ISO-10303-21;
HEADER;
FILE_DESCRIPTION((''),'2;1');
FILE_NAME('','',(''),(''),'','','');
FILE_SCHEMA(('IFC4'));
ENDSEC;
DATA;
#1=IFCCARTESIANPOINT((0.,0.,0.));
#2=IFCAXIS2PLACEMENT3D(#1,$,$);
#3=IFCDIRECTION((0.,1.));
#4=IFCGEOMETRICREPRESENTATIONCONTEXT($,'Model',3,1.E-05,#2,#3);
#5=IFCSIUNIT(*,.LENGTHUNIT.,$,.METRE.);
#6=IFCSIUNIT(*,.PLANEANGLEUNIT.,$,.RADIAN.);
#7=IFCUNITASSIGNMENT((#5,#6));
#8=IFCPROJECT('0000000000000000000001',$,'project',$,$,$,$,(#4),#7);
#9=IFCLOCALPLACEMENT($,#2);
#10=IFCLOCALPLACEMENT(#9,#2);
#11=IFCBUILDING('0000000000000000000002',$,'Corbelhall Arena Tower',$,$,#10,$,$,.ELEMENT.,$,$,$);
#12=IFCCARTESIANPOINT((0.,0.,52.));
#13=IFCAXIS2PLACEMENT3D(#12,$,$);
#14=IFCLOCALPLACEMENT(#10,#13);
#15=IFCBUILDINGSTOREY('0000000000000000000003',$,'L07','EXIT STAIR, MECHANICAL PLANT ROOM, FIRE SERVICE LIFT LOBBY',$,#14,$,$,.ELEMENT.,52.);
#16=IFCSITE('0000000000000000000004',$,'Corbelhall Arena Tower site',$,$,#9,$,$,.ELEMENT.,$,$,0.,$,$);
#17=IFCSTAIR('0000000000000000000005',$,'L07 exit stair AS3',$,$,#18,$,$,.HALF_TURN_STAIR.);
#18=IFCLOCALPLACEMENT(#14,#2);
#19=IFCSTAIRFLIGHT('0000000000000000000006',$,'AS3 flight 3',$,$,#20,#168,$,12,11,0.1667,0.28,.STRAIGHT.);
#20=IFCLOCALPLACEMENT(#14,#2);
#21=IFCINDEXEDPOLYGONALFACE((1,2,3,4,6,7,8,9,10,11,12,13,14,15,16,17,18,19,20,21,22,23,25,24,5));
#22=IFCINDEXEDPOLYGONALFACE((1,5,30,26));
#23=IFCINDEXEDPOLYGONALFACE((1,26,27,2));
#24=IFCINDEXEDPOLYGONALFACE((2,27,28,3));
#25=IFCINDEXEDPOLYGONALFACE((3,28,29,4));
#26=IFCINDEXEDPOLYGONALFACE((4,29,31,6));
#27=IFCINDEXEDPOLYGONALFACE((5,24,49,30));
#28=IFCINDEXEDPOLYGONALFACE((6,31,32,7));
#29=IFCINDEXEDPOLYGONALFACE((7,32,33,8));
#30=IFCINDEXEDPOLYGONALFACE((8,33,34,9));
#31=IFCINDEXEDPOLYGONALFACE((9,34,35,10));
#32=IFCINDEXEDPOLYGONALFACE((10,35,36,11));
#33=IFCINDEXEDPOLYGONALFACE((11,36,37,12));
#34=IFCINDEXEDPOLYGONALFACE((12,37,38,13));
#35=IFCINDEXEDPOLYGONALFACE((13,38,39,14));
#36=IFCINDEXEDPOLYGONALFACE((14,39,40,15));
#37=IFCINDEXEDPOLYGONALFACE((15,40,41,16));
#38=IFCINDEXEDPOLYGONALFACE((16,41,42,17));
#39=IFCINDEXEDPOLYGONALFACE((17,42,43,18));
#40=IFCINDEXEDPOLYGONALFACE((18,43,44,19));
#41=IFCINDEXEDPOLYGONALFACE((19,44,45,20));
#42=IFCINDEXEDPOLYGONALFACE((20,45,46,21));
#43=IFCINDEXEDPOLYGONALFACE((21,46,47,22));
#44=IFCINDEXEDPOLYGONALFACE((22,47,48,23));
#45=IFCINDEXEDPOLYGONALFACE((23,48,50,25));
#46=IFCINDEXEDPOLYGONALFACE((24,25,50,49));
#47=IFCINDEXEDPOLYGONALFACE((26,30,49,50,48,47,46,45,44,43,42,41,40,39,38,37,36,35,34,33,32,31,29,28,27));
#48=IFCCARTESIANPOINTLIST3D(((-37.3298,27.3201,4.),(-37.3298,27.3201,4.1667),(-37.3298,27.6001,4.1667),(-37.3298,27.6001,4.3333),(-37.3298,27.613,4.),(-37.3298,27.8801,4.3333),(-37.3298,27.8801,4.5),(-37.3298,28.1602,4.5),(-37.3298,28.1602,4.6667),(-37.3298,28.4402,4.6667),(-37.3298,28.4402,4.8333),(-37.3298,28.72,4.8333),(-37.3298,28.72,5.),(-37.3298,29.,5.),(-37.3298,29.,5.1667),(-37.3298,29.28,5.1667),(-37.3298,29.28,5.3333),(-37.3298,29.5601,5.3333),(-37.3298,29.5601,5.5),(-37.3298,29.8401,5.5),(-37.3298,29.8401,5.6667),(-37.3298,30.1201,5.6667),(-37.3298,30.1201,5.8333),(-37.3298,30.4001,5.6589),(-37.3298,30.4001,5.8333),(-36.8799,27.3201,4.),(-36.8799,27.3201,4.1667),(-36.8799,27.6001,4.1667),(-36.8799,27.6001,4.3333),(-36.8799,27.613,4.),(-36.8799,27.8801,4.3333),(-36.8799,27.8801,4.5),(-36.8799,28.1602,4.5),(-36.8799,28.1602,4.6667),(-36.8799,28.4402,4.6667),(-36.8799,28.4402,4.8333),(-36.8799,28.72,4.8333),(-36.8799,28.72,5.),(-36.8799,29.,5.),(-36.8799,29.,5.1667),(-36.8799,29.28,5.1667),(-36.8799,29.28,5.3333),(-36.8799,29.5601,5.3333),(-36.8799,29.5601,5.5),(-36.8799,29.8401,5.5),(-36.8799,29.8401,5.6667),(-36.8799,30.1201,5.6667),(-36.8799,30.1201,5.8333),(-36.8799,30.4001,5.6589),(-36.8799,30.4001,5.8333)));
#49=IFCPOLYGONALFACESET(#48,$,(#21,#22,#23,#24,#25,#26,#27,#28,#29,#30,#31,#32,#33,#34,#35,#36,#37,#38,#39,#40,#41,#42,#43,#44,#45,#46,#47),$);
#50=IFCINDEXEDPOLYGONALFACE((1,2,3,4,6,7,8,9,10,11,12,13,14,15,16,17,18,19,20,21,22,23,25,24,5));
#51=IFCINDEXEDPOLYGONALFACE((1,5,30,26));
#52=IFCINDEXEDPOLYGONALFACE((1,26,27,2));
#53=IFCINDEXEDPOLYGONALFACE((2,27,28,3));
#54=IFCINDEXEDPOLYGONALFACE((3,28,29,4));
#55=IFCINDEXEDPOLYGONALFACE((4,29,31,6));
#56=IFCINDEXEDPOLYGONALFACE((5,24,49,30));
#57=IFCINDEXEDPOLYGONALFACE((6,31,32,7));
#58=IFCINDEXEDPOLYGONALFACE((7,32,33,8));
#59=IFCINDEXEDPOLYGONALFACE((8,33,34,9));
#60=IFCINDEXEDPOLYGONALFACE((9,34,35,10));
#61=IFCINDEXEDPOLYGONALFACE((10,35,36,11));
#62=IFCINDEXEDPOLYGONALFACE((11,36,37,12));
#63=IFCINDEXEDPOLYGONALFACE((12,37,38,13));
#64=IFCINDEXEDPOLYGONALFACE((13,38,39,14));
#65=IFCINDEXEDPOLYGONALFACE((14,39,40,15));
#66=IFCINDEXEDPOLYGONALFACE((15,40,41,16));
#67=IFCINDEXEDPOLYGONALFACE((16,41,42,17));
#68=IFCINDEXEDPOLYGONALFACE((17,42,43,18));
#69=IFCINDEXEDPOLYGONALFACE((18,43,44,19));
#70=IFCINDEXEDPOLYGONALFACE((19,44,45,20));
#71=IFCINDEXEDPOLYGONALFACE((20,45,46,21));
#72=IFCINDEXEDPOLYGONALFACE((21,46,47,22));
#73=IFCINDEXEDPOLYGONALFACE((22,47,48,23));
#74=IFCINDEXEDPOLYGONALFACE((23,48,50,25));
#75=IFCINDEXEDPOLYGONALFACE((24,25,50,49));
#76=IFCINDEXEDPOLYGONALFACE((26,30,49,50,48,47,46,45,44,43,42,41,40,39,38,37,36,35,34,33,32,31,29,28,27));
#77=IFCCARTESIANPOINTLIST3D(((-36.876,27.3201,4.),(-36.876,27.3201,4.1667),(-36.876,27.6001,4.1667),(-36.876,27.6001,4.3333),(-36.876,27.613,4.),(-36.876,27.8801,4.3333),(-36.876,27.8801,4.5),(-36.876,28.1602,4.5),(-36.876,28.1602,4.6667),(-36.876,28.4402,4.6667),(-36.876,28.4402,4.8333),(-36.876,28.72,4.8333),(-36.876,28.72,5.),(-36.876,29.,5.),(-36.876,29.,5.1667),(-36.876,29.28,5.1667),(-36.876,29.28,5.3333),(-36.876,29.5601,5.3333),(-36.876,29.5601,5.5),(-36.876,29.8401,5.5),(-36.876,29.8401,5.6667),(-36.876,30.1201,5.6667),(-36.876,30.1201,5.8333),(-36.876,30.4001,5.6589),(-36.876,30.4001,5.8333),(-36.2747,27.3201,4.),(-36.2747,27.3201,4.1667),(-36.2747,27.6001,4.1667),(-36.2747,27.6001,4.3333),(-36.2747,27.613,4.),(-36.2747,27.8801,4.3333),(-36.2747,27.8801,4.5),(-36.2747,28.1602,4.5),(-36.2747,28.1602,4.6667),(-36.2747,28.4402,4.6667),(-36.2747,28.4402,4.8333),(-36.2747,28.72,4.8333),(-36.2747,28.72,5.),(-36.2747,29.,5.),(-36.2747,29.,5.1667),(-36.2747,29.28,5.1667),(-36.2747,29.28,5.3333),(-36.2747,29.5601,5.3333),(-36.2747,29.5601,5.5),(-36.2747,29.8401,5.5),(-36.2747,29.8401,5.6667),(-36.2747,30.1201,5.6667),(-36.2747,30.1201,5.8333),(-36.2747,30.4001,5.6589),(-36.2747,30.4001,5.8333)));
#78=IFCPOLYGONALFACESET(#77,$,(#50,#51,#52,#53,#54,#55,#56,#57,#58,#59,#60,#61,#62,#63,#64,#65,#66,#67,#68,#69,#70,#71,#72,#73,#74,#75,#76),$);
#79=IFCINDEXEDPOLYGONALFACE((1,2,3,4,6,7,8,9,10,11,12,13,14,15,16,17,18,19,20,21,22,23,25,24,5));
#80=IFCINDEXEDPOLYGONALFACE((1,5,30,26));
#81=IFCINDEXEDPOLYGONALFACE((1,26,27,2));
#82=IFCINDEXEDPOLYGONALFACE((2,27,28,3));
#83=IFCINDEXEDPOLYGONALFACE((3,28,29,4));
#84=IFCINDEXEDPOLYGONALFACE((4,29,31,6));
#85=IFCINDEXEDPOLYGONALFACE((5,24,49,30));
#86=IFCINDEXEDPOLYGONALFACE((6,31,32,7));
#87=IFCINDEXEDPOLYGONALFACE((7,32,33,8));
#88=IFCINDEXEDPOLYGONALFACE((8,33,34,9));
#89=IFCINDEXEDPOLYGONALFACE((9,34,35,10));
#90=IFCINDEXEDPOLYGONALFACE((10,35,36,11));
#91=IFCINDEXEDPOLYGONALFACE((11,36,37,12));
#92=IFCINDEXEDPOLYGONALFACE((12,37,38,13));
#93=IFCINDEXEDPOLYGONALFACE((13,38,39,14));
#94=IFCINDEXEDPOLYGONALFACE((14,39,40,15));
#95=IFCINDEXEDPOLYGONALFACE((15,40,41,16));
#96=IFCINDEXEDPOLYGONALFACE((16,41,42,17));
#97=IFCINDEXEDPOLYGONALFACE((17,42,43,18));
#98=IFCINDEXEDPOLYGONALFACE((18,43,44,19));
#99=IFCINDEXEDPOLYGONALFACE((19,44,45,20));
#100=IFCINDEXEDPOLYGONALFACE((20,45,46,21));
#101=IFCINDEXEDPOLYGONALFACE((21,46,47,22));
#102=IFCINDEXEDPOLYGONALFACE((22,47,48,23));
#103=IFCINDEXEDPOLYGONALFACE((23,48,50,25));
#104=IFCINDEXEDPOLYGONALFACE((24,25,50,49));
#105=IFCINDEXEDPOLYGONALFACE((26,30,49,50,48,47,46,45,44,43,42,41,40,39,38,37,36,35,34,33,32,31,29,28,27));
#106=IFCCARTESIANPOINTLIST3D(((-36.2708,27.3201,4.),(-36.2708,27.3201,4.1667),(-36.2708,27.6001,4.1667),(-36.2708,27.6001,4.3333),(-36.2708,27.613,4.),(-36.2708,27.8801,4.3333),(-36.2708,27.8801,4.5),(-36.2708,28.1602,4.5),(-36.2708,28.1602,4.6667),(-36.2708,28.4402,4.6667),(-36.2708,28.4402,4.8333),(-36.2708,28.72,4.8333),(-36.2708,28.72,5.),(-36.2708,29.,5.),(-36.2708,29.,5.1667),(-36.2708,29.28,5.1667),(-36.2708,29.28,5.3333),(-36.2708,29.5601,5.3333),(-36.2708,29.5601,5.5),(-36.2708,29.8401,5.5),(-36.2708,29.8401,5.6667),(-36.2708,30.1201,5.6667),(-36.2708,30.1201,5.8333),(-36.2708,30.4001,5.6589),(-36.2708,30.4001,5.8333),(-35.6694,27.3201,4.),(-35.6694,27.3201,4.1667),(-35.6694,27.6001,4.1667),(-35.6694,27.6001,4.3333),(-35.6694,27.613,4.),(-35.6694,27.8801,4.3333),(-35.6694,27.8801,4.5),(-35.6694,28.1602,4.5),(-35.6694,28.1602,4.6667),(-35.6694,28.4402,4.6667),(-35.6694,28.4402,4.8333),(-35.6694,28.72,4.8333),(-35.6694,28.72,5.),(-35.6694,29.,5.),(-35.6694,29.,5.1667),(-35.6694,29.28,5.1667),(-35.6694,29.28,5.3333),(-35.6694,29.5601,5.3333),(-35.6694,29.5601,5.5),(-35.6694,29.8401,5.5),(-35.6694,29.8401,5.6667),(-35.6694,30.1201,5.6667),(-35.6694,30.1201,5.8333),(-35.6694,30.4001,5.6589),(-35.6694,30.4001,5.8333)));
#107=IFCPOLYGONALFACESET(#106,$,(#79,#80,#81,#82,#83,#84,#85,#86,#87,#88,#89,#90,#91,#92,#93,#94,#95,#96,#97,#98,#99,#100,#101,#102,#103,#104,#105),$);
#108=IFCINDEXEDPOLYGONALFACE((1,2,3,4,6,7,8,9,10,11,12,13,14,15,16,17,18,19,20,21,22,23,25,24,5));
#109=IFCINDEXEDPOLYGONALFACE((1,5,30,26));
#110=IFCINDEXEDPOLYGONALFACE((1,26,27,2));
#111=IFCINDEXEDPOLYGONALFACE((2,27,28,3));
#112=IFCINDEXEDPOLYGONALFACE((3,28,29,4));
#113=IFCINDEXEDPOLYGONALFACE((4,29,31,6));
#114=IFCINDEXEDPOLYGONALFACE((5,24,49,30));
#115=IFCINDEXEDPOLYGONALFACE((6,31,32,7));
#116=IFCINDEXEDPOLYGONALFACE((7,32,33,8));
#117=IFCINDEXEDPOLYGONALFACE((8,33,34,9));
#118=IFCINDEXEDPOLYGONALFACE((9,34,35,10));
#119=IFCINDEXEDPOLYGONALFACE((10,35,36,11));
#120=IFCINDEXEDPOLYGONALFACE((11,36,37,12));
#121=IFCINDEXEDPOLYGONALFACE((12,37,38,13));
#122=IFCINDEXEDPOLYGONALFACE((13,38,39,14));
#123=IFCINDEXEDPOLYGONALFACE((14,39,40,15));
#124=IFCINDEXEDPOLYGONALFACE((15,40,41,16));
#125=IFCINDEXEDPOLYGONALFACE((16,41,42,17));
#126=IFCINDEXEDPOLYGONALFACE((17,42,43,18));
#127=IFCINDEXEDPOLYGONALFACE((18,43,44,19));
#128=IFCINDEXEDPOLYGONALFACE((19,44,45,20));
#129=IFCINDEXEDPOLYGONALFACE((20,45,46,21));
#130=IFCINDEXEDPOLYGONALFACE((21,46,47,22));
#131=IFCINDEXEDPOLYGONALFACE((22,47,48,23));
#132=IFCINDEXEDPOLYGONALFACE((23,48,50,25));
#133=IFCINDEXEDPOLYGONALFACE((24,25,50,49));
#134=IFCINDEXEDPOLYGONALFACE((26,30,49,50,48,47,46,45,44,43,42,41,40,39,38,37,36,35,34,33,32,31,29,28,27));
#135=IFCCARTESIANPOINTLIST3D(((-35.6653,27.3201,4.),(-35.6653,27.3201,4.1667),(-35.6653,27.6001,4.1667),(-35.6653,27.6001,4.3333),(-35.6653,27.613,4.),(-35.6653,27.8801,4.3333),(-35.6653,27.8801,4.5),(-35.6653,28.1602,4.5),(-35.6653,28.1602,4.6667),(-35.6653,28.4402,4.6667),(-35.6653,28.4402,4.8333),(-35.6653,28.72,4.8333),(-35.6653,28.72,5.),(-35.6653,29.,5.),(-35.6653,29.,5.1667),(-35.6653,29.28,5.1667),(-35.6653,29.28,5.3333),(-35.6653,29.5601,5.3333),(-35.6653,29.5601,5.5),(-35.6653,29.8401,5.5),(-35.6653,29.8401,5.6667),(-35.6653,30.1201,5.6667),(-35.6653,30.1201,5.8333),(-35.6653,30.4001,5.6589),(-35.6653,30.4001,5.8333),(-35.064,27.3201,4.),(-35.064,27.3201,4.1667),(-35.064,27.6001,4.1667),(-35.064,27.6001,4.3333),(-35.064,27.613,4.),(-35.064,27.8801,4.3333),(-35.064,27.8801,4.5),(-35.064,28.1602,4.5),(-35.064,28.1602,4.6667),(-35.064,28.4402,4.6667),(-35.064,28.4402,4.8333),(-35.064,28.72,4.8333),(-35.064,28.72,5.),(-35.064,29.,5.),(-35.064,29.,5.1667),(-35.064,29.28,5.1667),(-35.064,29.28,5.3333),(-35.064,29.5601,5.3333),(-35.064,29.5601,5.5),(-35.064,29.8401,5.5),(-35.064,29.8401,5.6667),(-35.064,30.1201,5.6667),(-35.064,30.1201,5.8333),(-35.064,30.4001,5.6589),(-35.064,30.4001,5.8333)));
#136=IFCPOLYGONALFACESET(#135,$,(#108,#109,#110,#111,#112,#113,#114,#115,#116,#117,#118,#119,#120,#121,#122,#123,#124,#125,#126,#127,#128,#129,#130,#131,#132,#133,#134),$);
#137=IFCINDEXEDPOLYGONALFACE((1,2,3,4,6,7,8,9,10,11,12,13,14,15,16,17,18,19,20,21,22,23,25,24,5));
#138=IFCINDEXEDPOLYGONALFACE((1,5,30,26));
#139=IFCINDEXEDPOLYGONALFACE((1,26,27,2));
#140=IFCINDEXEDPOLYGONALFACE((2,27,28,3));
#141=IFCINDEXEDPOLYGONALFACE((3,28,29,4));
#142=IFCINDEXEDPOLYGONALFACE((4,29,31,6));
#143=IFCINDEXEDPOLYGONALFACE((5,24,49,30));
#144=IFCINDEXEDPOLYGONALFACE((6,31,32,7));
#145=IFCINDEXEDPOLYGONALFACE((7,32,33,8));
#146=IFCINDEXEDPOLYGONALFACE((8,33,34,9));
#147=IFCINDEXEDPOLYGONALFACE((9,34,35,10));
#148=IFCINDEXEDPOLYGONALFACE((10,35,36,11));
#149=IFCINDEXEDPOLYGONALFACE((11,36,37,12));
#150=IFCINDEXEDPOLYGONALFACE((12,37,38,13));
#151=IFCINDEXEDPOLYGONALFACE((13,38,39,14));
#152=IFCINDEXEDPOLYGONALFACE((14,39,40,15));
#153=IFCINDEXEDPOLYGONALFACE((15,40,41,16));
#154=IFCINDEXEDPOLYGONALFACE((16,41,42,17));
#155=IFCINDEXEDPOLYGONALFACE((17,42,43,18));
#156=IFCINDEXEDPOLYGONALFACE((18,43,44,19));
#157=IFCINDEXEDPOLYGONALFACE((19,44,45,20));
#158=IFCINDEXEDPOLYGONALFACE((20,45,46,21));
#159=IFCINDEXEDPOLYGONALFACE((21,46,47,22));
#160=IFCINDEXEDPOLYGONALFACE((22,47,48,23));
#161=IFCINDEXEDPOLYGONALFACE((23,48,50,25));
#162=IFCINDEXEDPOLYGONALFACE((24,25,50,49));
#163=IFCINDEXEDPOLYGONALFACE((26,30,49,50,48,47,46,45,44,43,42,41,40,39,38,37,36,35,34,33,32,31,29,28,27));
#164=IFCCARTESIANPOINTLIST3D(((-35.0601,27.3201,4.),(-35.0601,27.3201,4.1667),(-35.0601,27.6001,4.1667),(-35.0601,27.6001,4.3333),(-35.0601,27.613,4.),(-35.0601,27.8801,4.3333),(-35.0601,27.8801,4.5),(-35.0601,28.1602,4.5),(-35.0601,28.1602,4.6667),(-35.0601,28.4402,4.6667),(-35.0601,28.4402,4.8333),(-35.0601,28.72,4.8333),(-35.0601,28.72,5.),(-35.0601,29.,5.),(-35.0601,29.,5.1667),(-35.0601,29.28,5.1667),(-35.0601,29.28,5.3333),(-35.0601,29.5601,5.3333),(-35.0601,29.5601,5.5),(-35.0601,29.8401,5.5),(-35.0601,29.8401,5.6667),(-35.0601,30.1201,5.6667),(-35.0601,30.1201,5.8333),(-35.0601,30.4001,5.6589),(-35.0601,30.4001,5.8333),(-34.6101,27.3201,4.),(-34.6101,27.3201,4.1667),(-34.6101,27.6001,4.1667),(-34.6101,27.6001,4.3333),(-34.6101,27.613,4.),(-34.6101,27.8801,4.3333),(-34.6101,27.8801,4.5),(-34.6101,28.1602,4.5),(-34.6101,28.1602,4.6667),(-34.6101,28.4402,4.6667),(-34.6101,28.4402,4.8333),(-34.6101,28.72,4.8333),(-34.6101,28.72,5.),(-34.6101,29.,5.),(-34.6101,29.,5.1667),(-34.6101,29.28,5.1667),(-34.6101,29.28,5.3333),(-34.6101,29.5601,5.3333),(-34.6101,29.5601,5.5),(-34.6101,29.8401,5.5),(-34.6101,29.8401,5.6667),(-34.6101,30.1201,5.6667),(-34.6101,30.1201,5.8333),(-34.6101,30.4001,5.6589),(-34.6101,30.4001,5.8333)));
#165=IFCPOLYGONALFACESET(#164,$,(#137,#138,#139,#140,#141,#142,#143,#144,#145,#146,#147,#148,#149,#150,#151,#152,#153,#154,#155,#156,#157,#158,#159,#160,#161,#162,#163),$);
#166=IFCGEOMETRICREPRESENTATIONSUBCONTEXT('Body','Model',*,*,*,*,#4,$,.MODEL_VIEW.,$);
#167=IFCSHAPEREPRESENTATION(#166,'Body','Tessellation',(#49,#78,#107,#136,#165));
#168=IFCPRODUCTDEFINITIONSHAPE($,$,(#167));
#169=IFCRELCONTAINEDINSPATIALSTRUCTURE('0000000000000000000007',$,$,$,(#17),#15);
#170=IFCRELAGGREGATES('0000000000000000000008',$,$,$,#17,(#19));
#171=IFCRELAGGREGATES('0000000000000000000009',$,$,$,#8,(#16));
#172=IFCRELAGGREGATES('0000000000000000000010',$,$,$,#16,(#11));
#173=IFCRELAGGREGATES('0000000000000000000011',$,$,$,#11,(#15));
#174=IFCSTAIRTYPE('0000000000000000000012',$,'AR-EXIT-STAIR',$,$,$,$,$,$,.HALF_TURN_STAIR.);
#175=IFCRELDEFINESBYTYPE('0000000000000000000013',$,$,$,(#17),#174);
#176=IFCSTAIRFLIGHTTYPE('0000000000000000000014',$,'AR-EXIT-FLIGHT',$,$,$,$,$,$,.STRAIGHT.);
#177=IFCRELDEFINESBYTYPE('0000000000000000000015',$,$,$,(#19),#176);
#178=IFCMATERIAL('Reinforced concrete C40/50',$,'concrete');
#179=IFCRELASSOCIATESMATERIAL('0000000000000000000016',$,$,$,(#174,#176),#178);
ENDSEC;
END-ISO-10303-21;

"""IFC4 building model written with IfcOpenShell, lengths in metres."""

from ifc_helpers import new_model, si_unit, direction, frame, origin, place, context, subcontext, project, spatial, polyline, outline, extrude, material, type_object, element, aggregate, save


model = new_model("IFC4")

# Units and contexts
model_context = context("Model", 3, precision=1e-05, world=origin(), true_north=direction((0.0, 1.0)))
body_context = subcontext(model_context, "Body", "Model", "MODEL_VIEW")
ifc_project = project(units=[si_unit("LENGTHUNIT", "METRE"), si_unit("PLANEANGLEUNIT", "RADIAN")], contexts=[model_context])

# Site, building, storey
site_placement = place(None, origin())
site = spatial("IfcSite", under=ifc_project, at=site_placement, Name="Corbelhall Arena Tower site", CompositionType="ELEMENT", RefElevation=0.0)
building_placement = place(site_placement, origin())
building = spatial("IfcBuilding", under=site, at=building_placement, Name="Corbelhall Arena Tower", CompositionType="ELEMENT")
storey_placement = place(building_placement, frame((0.0, 0.0, 52.0)))
storey = spatial("IfcBuildingStorey", under=building, at=storey_placement, Name="L07", Description="EXIT STAIR, MECHANICAL PLANT ROOM, FIRE SERVICE LIFT LOBBY", CompositionType="ELEMENT", Elevation=52.0)

# Shared definitions
ifc_material_1 = material(Name="Reinforced concrete C40/50", Category="concrete")

# Stair, stair flight
stair_type = type_object("IfcStairType", Name="AR-EXIT-STAIR", PredefinedType="HALF_TURN_STAIR", material=ifc_material_1)
stair_1_placement = place(storey_placement, origin())
stair_1 = element("IfcStair", 1, at=stair_1_placement, inside=storey, type_object=stair_type, Name="L07 exit stair AS3", PredefinedType="HALF_TURN_STAIR")
stair_flight_type = type_object("IfcStairFlightType", Name="AR-EXIT-FLIGHT", PredefinedType="STRAIGHT", material=ifc_material_1)
stair_flight_1_placement = place(storey_placement, frame((-35.97, 27.3201, 4.0), z_axis=(0.0, 0.0, 1.0), x_axis=(0.0, 1.0, 0.0)))
stair_flight_1 = element("IfcStairFlight", 2, at=stair_flight_1_placement, type_object=stair_flight_type, Name="AS3 flight 3", NumberOfRisers=12, NumberOfTreads=11, PredefinedType="STRAIGHT", RiserHeight=0.1667, TreadLength=0.28, context=body_context, shape_type="SweptSolid", body=[
    extrude(outline(polyline([(0.0, 0.0), (0.0, 0.1667), (0.28, 0.1667), (0.28, 0.3333), (0.5601, 0.3333), (0.5601, 0.5), (0.8401, 0.5), (0.8401, 0.6667), (1.1201, 0.6667), (1.1201, 0.8333), (1.3999, 0.8333), (1.3999, 1.0), (1.6799, 1.0), (1.6799, 1.1667), (1.96, 1.1667), (1.96, 1.3333), (2.24, 1.3333), (2.24, 1.5), (2.52, 1.5), (2.52, 1.6667), (2.8, 1.6667), (2.8, 1.8333), (3.0801, 1.8333), (3.0801, 2.0), (3.0801, 1.6589), (0.293, 0.0), (0.0, 0.0)])), frame((0.0, 1.3599, 0.0), z_axis=(0.0, -1.0, 0.0), x_axis=(1.0, 0.0, 0.0)), (0.0, 0.0, 1.0), 0.45),
    extrude(outline(polyline([(0.0, 0.0), (0.0, 0.1667), (0.28, 0.1667), (0.28, 0.3333), (0.5601, 0.3333), (0.5601, 0.5), (0.8401, 0.5), (0.8401, 0.6667), (1.1201, 0.6667), (1.1201, 0.8333), (1.3999, 0.8333), (1.3999, 1.0), (1.6799, 1.0), (1.6799, 1.1667), (1.96, 1.1667), (1.96, 1.3333), (2.24, 1.3333), (2.24, 1.5), (2.52, 1.5), (2.52, 1.6667), (2.8, 1.6667), (2.8, 1.8333), (3.0801, 1.8333), (3.0801, 2.0), (3.0801, 1.6589), (0.293, 0.0), (0.0, 0.0)])), frame((0.0, 0.906, 0.0), z_axis=(0.0, -1.0, 0.0), x_axis=(1.0, 0.0, 0.0)), (0.0, 0.0, 1.0), 0.6013),
    extrude(outline(polyline([(0.0, 0.0), (0.0, 0.1667), (0.28, 0.1667), (0.28, 0.3333), (0.5601, 0.3333), (0.5601, 0.5), (0.8401, 0.5), (0.8401, 0.6667), (1.1201, 0.6667), (1.1201, 0.8333), (1.3999, 0.8333), (1.3999, 1.0), (1.6799, 1.0), (1.6799, 1.1667), (1.96, 1.1667), (1.96, 1.3333), (2.24, 1.3333), (2.24, 1.5), (2.52, 1.5), (2.52, 1.6667), (2.8, 1.6667), (2.8, 1.8333), (3.0801, 1.8333), (3.0801, 2.0), (3.0801, 1.6589), (0.293, 0.0), (0.0, 0.0)])), frame((0.0, 0.3008, 0.0), z_axis=(0.0, -1.0, 0.0), x_axis=(1.0, 0.0, 0.0)), (0.0, 0.0, 1.0), 0.6013),
    extrude(outline(polyline([(0.0, 0.0), (0.0, 0.1667), (0.28, 0.1667), (0.28, 0.3333), (0.5601, 0.3333), (0.5601, 0.5), (0.8401, 0.5), (0.8401, 0.6667), (1.1201, 0.6667), (1.1201, 0.8333), (1.3999, 0.8333), (1.3999, 1.0), (1.6799, 1.0), (1.6799, 1.1667), (1.96, 1.1667), (1.96, 1.3333), (2.24, 1.3333), (2.24, 1.5), (2.52, 1.5), (2.52, 1.6667), (2.8, 1.6667), (2.8, 1.8333), (3.0801, 1.8333), (3.0801, 2.0), (3.0801, 1.6589), (0.293, 0.0), (0.0, 0.0)])), frame((0.0, -0.3047, 0.0), z_axis=(0.0, -1.0, 0.0), x_axis=(1.0, 0.0, 0.0)), (0.0, 0.0, 1.0), 0.6013),
    extrude(outline(polyline([(0.0, 0.0), (0.0, 0.1667), (0.28, 0.1667), (0.28, 0.3333), (0.5601, 0.3333), (0.5601, 0.5), (0.8401, 0.5), (0.8401, 0.6667), (1.1201, 0.6667), (1.1201, 0.8333), (1.3999, 0.8333), (1.3999, 1.0), (1.6799, 1.0), (1.6799, 1.1667), (1.96, 1.1667), (1.96, 1.3333), (2.24, 1.3333), (2.24, 1.5), (2.52, 1.5), (2.52, 1.6667), (2.8, 1.6667), (2.8, 1.8333), (3.0801, 1.8333), (3.0801, 2.0), (3.0801, 1.6589), (0.293, 0.0), (0.0, 0.0)])), frame((0.0, -0.9099, 0.0), z_axis=(0.0, -1.0, 0.0), x_axis=(1.0, 0.0, 0.0)), (0.0, 0.0, 1.0), 0.45),
])
aggregate(stair_1, [stair_flight_1])

save(model, "model.ifc")
